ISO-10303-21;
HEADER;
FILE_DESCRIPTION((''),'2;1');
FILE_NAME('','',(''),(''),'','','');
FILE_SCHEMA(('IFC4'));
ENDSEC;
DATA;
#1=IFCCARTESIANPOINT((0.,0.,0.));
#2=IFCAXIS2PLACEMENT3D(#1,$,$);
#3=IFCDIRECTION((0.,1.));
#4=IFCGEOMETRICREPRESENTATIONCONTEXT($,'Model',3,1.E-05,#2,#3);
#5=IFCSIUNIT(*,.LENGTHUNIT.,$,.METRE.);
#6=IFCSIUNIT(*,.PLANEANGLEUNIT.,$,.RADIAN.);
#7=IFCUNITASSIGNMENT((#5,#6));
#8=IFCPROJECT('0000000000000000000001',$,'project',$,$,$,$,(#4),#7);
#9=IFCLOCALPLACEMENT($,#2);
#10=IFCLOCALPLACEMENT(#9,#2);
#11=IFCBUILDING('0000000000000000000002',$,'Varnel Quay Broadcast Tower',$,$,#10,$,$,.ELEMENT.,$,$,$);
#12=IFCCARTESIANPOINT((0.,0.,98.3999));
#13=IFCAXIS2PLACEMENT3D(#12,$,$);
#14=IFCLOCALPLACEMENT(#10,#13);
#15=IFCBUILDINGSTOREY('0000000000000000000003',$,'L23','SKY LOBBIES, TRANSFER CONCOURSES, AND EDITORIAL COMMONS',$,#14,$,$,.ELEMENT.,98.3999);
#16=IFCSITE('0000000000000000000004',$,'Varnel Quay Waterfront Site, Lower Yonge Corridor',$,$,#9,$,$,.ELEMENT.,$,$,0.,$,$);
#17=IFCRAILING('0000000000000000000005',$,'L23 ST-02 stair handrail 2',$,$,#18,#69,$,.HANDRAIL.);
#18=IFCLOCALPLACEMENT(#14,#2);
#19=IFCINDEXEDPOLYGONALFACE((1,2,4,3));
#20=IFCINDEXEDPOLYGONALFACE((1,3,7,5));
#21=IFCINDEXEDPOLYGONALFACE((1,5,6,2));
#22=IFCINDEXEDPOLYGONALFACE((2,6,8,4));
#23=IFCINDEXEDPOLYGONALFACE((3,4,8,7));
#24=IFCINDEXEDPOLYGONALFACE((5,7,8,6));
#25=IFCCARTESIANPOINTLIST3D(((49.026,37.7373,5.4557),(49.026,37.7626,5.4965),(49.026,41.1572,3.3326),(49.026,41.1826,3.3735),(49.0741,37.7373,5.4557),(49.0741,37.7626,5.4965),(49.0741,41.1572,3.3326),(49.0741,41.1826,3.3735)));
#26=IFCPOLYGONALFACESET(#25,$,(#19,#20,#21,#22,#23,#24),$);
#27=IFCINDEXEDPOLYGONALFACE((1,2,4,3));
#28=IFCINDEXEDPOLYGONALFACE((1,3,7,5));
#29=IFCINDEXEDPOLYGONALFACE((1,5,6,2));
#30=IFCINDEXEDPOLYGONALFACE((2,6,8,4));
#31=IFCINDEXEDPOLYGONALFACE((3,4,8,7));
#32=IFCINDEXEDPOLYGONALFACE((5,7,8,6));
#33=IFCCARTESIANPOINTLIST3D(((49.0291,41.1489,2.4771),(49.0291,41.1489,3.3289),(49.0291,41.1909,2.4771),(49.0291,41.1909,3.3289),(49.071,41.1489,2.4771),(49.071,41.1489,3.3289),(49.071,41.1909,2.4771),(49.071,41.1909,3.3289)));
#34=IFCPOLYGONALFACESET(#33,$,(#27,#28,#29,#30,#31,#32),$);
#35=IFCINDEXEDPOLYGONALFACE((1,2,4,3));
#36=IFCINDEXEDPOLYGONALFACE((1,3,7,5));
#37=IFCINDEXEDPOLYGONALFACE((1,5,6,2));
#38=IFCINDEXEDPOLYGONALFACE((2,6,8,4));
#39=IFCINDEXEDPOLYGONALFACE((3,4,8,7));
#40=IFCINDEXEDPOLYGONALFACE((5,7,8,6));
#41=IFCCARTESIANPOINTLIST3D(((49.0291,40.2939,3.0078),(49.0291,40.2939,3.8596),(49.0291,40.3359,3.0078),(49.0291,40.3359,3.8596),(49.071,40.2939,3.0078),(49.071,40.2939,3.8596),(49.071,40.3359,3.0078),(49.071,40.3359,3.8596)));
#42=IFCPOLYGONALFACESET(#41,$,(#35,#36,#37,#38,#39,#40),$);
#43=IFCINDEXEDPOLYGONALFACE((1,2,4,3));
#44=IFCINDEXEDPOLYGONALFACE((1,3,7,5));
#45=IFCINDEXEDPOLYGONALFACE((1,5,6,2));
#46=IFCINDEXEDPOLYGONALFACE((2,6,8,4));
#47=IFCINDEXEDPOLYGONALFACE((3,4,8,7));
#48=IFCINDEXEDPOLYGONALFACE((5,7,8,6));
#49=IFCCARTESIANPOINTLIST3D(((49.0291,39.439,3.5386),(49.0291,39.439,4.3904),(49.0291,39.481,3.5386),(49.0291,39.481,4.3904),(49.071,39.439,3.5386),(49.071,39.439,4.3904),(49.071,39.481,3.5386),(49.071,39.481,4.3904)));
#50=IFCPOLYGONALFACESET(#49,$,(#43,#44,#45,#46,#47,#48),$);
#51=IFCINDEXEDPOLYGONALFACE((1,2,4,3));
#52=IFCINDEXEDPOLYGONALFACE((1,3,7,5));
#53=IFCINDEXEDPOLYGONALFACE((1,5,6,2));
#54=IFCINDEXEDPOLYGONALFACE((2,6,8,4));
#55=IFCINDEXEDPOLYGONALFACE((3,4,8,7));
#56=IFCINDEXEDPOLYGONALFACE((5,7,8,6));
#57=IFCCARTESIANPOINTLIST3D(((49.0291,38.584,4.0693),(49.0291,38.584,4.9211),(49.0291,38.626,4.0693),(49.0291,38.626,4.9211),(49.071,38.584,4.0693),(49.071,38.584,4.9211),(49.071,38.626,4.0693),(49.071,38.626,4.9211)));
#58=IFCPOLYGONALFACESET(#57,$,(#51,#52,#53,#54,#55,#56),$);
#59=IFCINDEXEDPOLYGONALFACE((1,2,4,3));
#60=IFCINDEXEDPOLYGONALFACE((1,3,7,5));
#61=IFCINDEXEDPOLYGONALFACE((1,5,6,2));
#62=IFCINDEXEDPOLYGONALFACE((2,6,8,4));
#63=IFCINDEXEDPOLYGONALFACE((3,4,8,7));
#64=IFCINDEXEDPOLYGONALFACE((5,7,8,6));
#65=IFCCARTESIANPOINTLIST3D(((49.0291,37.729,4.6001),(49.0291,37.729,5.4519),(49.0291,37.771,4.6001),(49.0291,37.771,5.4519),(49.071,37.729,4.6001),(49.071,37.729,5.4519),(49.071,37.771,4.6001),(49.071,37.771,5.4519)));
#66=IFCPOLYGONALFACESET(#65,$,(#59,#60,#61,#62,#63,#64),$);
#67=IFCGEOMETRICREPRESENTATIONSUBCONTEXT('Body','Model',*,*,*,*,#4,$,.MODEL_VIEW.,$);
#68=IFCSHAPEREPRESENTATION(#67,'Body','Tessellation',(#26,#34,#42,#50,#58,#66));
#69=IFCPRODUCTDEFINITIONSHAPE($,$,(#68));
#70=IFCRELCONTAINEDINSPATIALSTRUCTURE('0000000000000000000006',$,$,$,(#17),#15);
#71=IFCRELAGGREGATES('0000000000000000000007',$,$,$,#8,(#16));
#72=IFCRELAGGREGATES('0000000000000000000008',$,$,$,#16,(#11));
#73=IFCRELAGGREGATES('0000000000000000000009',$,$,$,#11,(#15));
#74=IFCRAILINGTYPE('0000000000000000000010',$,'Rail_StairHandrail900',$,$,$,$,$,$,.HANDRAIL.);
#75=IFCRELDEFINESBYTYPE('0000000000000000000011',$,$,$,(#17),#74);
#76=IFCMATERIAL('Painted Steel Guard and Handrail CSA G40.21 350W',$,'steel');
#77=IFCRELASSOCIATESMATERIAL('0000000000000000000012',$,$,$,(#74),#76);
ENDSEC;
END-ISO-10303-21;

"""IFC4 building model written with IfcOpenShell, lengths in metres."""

from ifc_helpers import new_model, si_unit, direction, frame, origin, origin_2d, place, context, subcontext, project, spatial, rectangle, extrude, material, type_object, element, save


model = new_model("IFC4")

# Units and contexts
model_context = context("Model", 3, precision=1e-05, world=origin(), true_north=direction((0.0, 1.0)))
body_context = subcontext(model_context, "Body", "Model", "MODEL_VIEW")
ifc_project = project(units=[si_unit("LENGTHUNIT", "METRE"), si_unit("PLANEANGLEUNIT", "RADIAN")], contexts=[model_context])

# Site, building, storey
site_placement = place(None, origin())
site = spatial("IfcSite", under=ifc_project, at=site_placement, Name="Varnel Quay Waterfront Site, Lower Yonge Corridor", CompositionType="ELEMENT", RefElevation=0.0)
building_placement = place(site_placement, origin())
building = spatial("IfcBuilding", under=site, at=building_placement, Name="Varnel Quay Broadcast Tower", CompositionType="ELEMENT")
storey_placement = place(building_placement, frame((0.0, 0.0, 98.3999)))
storey = spatial("IfcBuildingStorey", under=building, at=storey_placement, Name="L23", Description="SKY LOBBIES, TRANSFER CONCOURSES, AND EDITORIAL COMMONS", CompositionType="ELEMENT", Elevation=98.3999)

# Railing
ifc_material_1 = material(Name="Painted Steel Guard and Handrail CSA G40.21 350W", Category="steel")
railing_type_1 = type_object("IfcRailingType", Name="Rail_StairHandrail900", PredefinedType="HANDRAIL", material=ifc_material_1)
railing_1_placement = place(storey_placement, frame((49.05, 41.1699, 2.4771)))
element("IfcRailing", 1, at=railing_1_placement, inside=storey, type_object=railing_type_1, Name="L23 ST-02 stair handrail 2", PredefinedType="HANDRAIL", context=body_context, shape_type="SweptSolid", body=[
    extrude(rectangle(XDim=0.0481, YDim=0.0481, at=origin_2d()), frame((0.0, 0.0, 0.876), z_axis=(0.0, -0.849603, 0.527423), x_axis=(1.0, 0.0, 0.0)), (0.0, 0.0, 1.0), 4.0254),
    extrude(rectangle(XDim=0.042, YDim=0.042, at=origin_2d()), origin(), (0.0, 0.0, 1.0), 0.8518),
    extrude(rectangle(XDim=0.042, YDim=0.042, at=origin_2d()), frame((0.0, -0.855, 0.5308)), (0.0, 0.0, 1.0), 0.8518),
    extrude(rectangle(XDim=0.042, YDim=0.042, at=origin_2d()), frame((0.0, -1.71, 1.0615)), (0.0, 0.0, 1.0), 0.8518),
    extrude(rectangle(XDim=0.042, YDim=0.042, at=origin_2d()), frame((0.0, -2.5649, 1.5923)), (0.0, 0.0, 1.0), 0.8518),
    extrude(rectangle(XDim=0.042, YDim=0.042, at=origin_2d()), frame((0.0, -3.4199, 2.123)), (0.0, 0.0, 1.0), 0.8518),
])

save(model, "model.ifc")
